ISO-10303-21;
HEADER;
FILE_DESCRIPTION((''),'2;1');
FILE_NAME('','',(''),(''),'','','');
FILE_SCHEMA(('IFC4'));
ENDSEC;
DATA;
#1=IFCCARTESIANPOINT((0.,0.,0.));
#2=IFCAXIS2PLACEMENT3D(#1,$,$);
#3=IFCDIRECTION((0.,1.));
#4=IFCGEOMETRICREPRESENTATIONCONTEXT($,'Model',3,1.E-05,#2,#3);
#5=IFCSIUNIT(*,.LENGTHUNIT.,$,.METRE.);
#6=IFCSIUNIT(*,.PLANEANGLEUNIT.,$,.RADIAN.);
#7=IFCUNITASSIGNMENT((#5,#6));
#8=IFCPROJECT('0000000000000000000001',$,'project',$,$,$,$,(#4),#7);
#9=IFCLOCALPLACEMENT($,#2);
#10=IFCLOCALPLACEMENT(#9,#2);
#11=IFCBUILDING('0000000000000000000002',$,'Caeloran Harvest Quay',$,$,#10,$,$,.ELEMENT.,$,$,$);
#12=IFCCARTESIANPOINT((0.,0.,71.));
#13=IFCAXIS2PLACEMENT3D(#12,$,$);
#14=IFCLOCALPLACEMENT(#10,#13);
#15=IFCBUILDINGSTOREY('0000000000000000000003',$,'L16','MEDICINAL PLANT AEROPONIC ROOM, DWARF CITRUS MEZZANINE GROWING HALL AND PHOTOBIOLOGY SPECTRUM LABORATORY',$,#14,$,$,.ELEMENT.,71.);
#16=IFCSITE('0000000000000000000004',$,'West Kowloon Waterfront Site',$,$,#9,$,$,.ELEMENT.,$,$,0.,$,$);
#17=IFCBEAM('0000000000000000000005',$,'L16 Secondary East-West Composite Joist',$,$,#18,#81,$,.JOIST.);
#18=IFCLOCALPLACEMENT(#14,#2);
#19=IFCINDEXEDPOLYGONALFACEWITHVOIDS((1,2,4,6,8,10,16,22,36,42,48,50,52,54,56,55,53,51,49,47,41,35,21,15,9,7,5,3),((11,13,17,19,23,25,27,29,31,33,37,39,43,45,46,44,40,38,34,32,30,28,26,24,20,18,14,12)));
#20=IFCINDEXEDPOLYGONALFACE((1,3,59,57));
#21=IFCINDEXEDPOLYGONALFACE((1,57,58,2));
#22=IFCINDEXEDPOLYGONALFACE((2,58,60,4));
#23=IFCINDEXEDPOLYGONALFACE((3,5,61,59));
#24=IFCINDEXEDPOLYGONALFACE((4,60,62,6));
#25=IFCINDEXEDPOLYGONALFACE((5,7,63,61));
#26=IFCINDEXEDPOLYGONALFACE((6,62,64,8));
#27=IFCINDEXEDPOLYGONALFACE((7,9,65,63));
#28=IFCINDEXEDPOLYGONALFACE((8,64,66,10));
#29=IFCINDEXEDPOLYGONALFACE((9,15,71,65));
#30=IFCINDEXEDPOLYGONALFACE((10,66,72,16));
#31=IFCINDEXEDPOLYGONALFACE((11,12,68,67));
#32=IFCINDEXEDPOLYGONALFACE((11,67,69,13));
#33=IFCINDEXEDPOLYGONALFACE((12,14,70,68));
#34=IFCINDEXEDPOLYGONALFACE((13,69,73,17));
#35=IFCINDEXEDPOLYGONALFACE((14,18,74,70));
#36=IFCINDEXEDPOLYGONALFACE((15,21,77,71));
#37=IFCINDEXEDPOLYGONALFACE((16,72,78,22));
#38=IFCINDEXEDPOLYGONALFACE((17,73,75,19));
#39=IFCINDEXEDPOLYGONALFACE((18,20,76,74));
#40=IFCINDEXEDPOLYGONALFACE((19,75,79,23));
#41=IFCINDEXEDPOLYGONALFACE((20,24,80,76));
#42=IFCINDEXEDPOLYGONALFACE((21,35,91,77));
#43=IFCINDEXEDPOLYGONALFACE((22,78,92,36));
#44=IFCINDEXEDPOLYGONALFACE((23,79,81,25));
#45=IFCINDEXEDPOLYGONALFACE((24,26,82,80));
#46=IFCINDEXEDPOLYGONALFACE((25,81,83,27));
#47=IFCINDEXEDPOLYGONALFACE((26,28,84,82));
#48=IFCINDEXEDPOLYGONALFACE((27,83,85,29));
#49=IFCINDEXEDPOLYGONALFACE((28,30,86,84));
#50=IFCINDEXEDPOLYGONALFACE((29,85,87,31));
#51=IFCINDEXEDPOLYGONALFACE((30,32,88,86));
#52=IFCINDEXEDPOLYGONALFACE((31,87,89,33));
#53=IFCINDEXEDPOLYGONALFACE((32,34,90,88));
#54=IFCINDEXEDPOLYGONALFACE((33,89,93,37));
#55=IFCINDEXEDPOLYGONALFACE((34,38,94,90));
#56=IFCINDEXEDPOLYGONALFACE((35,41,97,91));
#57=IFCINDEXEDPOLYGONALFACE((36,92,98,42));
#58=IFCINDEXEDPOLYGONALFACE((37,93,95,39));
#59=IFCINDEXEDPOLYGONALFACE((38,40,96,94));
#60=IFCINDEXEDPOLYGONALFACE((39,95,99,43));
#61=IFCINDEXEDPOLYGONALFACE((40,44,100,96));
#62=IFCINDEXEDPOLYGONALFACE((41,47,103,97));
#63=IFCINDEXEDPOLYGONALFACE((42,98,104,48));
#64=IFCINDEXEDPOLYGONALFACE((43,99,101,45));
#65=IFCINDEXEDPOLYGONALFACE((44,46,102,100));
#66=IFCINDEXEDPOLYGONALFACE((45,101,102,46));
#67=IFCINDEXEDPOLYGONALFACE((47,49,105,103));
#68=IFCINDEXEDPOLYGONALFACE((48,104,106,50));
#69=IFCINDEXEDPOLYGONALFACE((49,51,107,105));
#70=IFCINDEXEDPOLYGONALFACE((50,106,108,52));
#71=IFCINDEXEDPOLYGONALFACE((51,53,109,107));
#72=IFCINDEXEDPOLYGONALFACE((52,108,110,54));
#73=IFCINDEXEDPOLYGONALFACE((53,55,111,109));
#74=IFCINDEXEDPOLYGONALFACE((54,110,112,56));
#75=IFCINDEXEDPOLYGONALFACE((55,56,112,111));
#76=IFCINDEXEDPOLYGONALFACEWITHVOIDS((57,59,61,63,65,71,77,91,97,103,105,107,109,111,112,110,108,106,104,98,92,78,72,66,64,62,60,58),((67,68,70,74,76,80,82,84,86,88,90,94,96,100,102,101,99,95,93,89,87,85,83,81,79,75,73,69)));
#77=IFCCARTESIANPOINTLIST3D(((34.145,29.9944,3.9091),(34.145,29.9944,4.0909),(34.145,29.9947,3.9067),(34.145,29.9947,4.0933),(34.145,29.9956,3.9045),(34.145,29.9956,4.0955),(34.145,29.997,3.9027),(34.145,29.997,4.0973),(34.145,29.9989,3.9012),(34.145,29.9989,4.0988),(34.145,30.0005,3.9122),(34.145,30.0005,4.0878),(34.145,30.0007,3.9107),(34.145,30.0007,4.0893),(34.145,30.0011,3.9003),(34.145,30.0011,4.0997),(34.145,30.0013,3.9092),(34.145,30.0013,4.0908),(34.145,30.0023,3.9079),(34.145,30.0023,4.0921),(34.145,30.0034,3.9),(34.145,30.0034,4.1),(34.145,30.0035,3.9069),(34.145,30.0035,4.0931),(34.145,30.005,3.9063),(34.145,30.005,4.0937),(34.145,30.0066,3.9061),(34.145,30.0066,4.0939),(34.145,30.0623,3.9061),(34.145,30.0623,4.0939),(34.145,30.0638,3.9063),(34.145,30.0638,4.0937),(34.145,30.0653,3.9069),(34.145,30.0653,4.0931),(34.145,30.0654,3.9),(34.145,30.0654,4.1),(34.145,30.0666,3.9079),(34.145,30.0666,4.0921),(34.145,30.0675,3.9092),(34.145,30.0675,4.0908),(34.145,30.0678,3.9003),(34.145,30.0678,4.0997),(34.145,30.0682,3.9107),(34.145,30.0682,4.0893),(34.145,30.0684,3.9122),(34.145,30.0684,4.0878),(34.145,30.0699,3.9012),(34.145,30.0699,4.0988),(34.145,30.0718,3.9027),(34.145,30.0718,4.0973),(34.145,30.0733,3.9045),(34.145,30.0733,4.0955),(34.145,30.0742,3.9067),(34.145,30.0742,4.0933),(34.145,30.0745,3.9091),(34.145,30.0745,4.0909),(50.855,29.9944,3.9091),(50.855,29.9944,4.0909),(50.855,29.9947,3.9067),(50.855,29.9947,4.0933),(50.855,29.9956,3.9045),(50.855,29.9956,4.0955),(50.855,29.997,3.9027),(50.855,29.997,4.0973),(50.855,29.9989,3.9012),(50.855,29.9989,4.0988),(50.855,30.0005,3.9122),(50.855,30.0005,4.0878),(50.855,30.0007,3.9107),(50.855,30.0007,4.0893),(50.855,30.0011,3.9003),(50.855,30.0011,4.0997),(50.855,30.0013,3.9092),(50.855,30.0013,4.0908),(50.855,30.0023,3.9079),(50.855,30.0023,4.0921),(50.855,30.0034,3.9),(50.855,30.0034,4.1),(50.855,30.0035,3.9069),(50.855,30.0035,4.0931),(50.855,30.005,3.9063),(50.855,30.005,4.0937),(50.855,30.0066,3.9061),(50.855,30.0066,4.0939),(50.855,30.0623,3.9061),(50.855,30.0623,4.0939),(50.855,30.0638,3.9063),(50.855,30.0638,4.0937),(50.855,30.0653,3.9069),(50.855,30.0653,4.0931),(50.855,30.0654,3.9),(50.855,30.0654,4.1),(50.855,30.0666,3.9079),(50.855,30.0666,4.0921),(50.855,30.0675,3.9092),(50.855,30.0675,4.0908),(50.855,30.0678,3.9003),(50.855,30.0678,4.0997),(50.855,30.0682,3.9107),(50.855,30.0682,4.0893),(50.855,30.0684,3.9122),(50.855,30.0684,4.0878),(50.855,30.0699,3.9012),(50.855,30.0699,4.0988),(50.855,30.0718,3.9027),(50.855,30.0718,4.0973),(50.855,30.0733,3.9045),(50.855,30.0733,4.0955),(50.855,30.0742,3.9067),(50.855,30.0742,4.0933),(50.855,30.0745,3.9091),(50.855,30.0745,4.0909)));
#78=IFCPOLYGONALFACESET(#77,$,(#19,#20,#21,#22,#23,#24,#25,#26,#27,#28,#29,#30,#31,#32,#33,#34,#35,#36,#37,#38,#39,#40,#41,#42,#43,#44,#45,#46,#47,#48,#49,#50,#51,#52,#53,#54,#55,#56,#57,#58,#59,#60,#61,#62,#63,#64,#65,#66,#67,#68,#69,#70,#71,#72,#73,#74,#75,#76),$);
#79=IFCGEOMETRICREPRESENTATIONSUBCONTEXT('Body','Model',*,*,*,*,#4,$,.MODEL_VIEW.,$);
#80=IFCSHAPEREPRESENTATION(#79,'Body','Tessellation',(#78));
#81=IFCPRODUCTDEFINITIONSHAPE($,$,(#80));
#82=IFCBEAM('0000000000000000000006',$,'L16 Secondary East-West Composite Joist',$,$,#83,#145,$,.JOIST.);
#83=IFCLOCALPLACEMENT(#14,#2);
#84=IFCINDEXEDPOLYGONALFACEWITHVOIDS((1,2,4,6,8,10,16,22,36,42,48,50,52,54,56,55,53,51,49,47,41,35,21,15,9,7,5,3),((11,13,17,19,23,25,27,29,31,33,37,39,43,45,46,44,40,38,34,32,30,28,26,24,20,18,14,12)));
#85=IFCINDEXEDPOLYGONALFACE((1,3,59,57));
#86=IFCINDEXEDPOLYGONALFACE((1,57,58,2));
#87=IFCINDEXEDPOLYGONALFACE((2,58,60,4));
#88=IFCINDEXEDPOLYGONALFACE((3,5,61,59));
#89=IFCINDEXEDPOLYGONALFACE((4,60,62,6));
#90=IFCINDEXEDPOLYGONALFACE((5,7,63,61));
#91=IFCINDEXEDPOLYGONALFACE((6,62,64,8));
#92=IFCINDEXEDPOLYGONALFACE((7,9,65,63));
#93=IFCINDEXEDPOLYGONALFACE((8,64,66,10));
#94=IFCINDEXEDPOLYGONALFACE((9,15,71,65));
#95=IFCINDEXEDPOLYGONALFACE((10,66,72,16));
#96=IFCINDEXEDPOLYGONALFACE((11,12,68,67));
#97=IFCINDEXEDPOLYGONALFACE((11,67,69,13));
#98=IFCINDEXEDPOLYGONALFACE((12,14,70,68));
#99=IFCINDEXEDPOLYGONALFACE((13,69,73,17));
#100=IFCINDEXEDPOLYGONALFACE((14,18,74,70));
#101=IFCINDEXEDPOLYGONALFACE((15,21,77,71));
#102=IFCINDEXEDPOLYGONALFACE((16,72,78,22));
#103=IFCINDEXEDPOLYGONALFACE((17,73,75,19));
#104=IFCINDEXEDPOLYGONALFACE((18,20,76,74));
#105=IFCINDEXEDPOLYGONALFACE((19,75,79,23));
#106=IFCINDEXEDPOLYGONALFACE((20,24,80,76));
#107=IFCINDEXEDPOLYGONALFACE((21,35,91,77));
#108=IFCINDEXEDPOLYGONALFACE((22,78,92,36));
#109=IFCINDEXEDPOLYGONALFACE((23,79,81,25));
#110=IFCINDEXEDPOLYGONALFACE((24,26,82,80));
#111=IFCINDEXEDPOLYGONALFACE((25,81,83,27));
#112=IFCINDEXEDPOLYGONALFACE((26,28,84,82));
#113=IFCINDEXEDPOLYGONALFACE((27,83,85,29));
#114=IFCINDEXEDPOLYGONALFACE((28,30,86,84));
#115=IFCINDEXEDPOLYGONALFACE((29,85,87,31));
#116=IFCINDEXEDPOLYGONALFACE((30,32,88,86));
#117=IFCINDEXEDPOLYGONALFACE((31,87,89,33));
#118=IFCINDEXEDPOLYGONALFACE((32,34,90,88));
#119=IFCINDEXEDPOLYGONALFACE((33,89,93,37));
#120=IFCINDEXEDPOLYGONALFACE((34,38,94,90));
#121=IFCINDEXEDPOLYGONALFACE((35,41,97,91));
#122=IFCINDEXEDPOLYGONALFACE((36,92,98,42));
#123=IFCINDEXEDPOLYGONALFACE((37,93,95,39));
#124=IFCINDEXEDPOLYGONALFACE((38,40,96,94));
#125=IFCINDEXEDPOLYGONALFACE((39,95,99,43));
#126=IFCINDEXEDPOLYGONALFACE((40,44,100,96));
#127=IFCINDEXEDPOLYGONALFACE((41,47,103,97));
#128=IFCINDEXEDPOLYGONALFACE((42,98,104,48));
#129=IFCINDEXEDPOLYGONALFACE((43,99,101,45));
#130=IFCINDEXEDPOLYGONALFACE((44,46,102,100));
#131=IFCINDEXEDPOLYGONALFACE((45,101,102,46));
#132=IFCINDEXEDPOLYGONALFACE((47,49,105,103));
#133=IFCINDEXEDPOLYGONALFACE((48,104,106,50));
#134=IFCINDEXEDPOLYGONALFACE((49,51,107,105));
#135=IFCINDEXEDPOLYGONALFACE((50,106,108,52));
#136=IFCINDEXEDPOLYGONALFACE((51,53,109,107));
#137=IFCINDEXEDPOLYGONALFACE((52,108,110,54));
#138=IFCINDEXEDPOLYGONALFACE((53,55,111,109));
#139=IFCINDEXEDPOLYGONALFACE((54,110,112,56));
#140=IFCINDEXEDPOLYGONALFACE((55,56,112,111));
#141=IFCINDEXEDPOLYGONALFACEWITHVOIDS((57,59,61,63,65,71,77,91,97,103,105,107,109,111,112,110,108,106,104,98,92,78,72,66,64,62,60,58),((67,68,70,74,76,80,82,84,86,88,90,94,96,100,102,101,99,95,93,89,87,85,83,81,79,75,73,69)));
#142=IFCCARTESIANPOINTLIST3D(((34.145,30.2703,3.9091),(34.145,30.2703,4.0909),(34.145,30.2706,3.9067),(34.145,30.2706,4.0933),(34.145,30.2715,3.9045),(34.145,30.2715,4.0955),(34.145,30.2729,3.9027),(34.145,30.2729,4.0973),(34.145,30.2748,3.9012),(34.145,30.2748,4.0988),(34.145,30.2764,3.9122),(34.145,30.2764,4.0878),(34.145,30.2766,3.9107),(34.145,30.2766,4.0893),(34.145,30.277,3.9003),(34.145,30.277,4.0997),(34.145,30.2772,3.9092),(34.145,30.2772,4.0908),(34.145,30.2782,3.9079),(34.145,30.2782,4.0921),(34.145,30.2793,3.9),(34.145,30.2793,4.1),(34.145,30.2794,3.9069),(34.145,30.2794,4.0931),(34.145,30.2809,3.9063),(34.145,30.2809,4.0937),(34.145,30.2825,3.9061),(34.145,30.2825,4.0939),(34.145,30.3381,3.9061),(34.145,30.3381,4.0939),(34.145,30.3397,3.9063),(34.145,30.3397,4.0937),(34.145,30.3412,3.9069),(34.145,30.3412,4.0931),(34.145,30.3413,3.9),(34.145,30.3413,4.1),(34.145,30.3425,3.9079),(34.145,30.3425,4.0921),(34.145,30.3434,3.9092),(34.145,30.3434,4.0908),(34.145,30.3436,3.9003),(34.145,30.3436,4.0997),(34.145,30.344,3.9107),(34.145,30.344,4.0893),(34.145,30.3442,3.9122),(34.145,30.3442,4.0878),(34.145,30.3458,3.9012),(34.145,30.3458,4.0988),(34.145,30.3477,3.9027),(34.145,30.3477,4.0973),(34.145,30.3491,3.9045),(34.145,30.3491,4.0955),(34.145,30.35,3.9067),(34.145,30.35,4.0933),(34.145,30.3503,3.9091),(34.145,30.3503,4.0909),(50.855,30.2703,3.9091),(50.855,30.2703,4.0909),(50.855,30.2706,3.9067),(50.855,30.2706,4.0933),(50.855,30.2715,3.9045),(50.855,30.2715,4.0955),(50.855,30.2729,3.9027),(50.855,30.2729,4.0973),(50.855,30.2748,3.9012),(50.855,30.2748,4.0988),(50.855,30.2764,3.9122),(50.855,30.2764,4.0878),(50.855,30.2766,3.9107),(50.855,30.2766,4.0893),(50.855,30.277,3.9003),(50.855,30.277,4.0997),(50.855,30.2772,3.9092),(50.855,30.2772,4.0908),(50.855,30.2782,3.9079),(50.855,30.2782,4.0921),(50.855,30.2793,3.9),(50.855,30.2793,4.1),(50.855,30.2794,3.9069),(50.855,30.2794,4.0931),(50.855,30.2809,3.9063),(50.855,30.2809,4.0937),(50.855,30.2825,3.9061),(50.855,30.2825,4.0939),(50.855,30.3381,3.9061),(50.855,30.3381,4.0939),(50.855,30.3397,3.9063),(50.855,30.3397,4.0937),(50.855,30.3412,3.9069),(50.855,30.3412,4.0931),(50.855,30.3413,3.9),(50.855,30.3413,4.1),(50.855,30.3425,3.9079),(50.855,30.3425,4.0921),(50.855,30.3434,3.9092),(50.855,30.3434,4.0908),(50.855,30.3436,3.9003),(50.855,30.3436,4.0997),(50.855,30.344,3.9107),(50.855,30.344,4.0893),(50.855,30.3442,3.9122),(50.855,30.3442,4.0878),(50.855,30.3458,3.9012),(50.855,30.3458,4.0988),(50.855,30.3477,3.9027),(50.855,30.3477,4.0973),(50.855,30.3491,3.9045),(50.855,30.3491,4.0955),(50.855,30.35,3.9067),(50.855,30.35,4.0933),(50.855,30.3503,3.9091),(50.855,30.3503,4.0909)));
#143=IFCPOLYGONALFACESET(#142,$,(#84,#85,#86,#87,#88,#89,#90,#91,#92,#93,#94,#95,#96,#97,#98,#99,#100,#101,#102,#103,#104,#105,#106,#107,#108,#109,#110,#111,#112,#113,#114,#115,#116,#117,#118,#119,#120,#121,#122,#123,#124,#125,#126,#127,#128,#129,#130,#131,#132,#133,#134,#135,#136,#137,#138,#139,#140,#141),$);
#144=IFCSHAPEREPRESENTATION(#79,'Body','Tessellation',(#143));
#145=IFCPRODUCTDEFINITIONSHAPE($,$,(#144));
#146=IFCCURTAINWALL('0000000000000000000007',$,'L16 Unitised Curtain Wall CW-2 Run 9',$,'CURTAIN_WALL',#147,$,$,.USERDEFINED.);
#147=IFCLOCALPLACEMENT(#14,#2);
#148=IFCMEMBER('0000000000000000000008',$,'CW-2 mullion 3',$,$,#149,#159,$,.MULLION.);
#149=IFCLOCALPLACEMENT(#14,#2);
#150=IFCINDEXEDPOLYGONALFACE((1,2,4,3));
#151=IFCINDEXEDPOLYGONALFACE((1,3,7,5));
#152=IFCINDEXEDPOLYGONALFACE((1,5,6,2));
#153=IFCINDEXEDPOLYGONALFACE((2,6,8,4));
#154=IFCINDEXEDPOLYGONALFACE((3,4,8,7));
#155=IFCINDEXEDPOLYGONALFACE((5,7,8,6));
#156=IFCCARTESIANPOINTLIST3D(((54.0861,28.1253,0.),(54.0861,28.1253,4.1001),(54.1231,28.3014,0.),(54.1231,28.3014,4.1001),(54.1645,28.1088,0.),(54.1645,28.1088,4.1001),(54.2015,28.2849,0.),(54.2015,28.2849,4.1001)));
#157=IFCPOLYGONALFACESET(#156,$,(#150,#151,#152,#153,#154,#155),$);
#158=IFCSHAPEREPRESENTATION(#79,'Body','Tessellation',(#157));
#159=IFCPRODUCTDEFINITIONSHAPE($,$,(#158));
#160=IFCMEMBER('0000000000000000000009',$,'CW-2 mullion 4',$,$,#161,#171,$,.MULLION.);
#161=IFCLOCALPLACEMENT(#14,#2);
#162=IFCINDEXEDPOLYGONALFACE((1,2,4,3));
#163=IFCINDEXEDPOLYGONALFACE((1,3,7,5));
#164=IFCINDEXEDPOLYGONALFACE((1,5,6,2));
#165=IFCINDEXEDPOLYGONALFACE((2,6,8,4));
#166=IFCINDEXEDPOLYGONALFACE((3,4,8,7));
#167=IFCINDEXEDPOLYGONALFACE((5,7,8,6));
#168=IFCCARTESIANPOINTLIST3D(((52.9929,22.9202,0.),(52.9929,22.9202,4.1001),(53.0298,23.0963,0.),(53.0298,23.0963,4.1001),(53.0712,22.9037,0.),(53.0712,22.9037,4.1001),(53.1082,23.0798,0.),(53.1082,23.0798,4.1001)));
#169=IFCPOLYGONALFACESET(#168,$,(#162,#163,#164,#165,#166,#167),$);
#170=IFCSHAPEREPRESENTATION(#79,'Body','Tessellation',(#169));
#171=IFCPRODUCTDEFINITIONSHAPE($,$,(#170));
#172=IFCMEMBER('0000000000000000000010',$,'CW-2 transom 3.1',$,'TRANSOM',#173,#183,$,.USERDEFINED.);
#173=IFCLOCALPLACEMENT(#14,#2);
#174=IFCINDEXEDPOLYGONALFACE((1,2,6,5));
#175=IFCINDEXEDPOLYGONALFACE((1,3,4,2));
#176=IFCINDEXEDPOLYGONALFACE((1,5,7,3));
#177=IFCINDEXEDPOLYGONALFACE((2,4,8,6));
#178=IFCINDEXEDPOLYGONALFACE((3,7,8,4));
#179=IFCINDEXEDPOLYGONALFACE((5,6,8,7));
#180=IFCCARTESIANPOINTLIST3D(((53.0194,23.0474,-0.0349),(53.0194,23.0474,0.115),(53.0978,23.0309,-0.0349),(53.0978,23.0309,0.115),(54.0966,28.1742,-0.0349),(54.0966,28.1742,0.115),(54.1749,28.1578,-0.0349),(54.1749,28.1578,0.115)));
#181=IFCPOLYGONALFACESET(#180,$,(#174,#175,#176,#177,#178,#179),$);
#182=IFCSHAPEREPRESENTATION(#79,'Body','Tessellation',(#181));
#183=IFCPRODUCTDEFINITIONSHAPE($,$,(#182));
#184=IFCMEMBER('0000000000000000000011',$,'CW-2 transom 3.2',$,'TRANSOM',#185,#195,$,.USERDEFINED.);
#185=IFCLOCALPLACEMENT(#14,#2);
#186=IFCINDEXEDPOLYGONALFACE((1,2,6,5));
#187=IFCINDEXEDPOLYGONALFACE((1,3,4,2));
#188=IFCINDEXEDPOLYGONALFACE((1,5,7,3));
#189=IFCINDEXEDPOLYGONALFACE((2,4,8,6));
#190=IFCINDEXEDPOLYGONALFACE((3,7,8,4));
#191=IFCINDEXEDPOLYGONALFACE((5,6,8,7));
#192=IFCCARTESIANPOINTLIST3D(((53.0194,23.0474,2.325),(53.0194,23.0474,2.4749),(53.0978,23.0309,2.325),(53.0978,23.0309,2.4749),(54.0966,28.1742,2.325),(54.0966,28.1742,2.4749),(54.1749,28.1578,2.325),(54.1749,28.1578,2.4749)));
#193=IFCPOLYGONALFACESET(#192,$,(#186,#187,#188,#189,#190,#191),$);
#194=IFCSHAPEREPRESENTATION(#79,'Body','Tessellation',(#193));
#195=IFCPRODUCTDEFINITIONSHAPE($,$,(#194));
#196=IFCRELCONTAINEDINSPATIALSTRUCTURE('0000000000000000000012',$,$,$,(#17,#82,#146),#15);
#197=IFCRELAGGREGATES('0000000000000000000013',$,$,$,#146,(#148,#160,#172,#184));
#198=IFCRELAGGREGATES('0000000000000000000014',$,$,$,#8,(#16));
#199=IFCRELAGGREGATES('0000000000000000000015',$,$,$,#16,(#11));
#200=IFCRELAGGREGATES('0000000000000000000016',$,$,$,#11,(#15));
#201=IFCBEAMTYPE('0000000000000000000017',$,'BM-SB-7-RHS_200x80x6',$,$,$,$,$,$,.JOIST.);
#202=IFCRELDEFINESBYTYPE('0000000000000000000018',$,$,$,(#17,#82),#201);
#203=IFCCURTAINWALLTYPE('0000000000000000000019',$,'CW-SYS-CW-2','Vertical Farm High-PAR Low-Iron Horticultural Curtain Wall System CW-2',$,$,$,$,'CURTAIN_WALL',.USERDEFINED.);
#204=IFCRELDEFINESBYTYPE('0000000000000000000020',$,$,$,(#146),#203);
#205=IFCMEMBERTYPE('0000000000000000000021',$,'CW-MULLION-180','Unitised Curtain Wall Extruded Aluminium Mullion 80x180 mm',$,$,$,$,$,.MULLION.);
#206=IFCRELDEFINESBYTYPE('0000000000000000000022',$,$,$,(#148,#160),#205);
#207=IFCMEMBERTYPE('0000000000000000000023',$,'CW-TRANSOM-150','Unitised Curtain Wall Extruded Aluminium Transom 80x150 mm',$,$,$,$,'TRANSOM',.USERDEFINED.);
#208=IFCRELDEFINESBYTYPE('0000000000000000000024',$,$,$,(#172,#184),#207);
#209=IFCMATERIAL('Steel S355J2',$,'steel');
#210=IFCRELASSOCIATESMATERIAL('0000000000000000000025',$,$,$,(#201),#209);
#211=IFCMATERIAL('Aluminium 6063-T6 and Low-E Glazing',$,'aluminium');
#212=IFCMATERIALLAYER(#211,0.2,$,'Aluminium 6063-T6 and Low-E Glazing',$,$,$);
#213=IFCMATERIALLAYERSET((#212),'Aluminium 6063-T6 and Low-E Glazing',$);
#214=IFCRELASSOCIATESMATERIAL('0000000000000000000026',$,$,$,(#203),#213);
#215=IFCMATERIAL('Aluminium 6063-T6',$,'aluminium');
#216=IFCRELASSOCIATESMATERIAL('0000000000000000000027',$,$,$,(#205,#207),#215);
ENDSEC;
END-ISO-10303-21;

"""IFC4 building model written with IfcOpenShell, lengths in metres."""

from ifc_helpers import new_model, si_unit, direction, frame, origin, origin_2d, place, context, subcontext, project, spatial, rectangle, hollow_rectangle, extrude, material, layer, layer_set, material_profile, profile_set, type_object, element, aggregate, save


model = new_model("IFC4")

# Units and contexts
model_context = context("Model", 3, precision=1e-05, world=origin(), true_north=direction((0.0, 1.0)))
body_context = subcontext(model_context, "Body", "Model", "MODEL_VIEW")
ifc_project = project(units=[si_unit("LENGTHUNIT", "METRE"), si_unit("PLANEANGLEUNIT", "RADIAN")], contexts=[model_context])

# Site, building, storey
site_placement = place(None, origin())
site = spatial("IfcSite", under=ifc_project, at=site_placement, Name="West Kowloon Waterfront Site", CompositionType="ELEMENT", RefElevation=0.0)
building_placement = place(site_placement, origin())
building = spatial("IfcBuilding", under=site, at=building_placement, Name="Caeloran Harvest Quay", CompositionType="ELEMENT")
storey_placement = place(building_placement, frame((0.0, 0.0, 71.0)))
storey = spatial("IfcBuildingStorey", under=building, at=storey_placement, Name="L16", Description="MEDICINAL PLANT AEROPONIC ROOM, DWARF CITRUS MEZZANINE GROWING HALL AND PHOTOBIOLOGY SPECTRUM LABORATORY", CompositionType="ELEMENT", Elevation=71.0)

# Beams
ifc_material_1 = material(Name="Steel S355J2", Category="steel")
ifc_material_profile_1 = material_profile(ifc_material_1, hollow_rectangle(XDim=0.0801, YDim=0.2, WallThickness=0.0061, InnerFilletRadius=0.0061, OuterFilletRadius=0.009, at=origin_2d()), Name="RHS 200x80x6")
ifc_profile_set_1 = profile_set([ifc_material_profile_1], Name="Steel S355J2")
beam_type_1 = type_object("IfcBeamType", Name="BM-SB-7-RHS_200x80x6", PredefinedType="JOIST", material=ifc_profile_set_1)
for number, where, z_axis, x_axis, name in (
    (1, (34.145, 30.0344, 4.0), (1.0, 0.0, 0.0), (0.0, 1.0, 0.0), "L16 Secondary East-West Composite Joist"),
    (2, (34.145, 30.3103, 4.0), (1.0, 0.0, 0.0), (0.0, 1.0, 0.0), "L16 Secondary East-West Composite Joist"),
):
    element("IfcBeam", number, at=place(storey_placement, frame(where, z_axis=z_axis, x_axis=x_axis)), inside=storey, type_object=beam_type_1, Name=name, PredefinedType="JOIST", context=body_context, shape_type="SweptSolid", body=[
        extrude(hollow_rectangle(XDim=0.0801, YDim=0.2, WallThickness=0.0061, InnerFilletRadius=0.0061, OuterFilletRadius=0.009, at=origin_2d()), origin(), (0.0, 0.0, 1.0), 16.71),
    ])

# Curtain wall, members
ifc_material_2 = material(Name="Aluminium 6063-T6 and Low-E Glazing", Category="aluminium")
ifc_layer_1 = layer(ifc_material_2, 0.2, Name="Aluminium 6063-T6 and Low-E Glazing")
ifc_layer_set_1 = layer_set([ifc_layer_1], Name="Aluminium 6063-T6 and Low-E Glazing")
curtain_wall_type = type_object("IfcCurtainWallType", Name="CW-SYS-CW-2", Description="Vertical Farm High-PAR Low-Iron Horticultural Curtain Wall System CW-2", ElementType="CURTAIN_WALL", PredefinedType="USERDEFINED", material=ifc_layer_set_1)
curtain_wall_placement = place(storey_placement, origin())
curtain_wall = element("IfcCurtainWall", 3, at=curtain_wall_placement, inside=storey, type_object=curtain_wall_type, Name="L16 Unitised Curtain Wall CW-2 Run 9", ObjectType="CURTAIN_WALL", PredefinedType="USERDEFINED")
ifc_material_3 = material(Name="Aluminium 6063-T6", Category="aluminium")
ifc_material_profile_2 = material_profile(ifc_material_3, rectangle(XDim=0.0801, YDim=0.1799, at=origin_2d()), Name="CW-MULLION-180")
ifc_profile_set_2 = profile_set([ifc_material_profile_2], Name="Aluminium 6063-T6")
member_type_1 = type_object("IfcMemberType", Name="CW-MULLION-180", Description="Unitised Curtain Wall Extruded Aluminium Mullion 80x180 mm", PredefinedType="MULLION", material=ifc_profile_set_2)
member_1_placement = place(storey_placement, frame((54.1438, 28.2051, 0.0), z_axis=(0.0, 0.0, 1.0), x_axis=(0.97864, -0.205583, 0.0)))
member_1 = element("IfcMember", 4, at=member_1_placement, type_object=member_type_1, Name="CW-2 mullion 3", PredefinedType="MULLION", context=body_context, shape_type="SweptSolid", body=[
    extrude(rectangle(XDim=0.0801, YDim=0.1799, at=origin_2d()), origin(), (0.0, 0.0, 1.0), 4.1001),
])
member_2_placement = place(storey_placement, frame((53.0505, 23.0, 0.0), z_axis=(0.0, 0.0, 1.0), x_axis=(0.97864, -0.205583, 0.0)))
member_2 = element("IfcMember", 5, at=member_2_placement, type_object=member_type_1, Name="CW-2 mullion 4", PredefinedType="MULLION", context=body_context, shape_type="SweptSolid", body=[
    extrude(rectangle(XDim=0.0801, YDim=0.1799, at=origin_2d()), origin(), (0.0, 0.0, 1.0), 4.1001),
])
ifc_material_profile_3 = material_profile(ifc_material_3, rectangle(XDim=0.0801, YDim=0.1499, at=origin_2d()), Name="CW-TRANSOM-150")
ifc_profile_set_3 = profile_set([ifc_material_profile_3], Name="Aluminium 6063-T6")
member_type_2 = type_object("IfcMemberType", Name="CW-TRANSOM-150", Description="Unitised Curtain Wall Extruded Aluminium Transom 80x150 mm", ElementType="TRANSOM", PredefinedType="USERDEFINED", material=ifc_profile_set_3)
member_3_placement = place(storey_placement, frame((54.1357, 28.166, 0.04), z_axis=(-0.205607, -0.978635, 0.0), x_axis=(0.978635, -0.205607, 0.0)))
member_3 = element("IfcMember", 6, at=member_3_placement, type_object=member_type_2, Name="CW-2 transom 3.1", ObjectType="TRANSOM", PredefinedType="USERDEFINED", context=body_context, shape_type="SweptSolid", body=[
    extrude(rectangle(XDim=0.0801, YDim=0.1499, at=origin_2d()), origin(), (0.0, 0.0, 1.0), 5.2388),
])
member_4_placement = place(storey_placement, frame((54.1357, 28.166, 2.3999), z_axis=(-0.205607, -0.978635, 0.0), x_axis=(0.978635, -0.205607, 0.0)))
member_4 = element("IfcMember", 7, at=member_4_placement, type_object=member_type_2, Name="CW-2 transom 3.2", ObjectType="TRANSOM", PredefinedType="USERDEFINED", context=body_context, shape_type="SweptSolid", body=[
    extrude(rectangle(XDim=0.0801, YDim=0.1499, at=origin_2d()), origin(), (0.0, 0.0, 1.0), 5.2388),
])
aggregate(curtain_wall, [member_1, member_2, member_3, member_4])

save(model, "model.ifc")
